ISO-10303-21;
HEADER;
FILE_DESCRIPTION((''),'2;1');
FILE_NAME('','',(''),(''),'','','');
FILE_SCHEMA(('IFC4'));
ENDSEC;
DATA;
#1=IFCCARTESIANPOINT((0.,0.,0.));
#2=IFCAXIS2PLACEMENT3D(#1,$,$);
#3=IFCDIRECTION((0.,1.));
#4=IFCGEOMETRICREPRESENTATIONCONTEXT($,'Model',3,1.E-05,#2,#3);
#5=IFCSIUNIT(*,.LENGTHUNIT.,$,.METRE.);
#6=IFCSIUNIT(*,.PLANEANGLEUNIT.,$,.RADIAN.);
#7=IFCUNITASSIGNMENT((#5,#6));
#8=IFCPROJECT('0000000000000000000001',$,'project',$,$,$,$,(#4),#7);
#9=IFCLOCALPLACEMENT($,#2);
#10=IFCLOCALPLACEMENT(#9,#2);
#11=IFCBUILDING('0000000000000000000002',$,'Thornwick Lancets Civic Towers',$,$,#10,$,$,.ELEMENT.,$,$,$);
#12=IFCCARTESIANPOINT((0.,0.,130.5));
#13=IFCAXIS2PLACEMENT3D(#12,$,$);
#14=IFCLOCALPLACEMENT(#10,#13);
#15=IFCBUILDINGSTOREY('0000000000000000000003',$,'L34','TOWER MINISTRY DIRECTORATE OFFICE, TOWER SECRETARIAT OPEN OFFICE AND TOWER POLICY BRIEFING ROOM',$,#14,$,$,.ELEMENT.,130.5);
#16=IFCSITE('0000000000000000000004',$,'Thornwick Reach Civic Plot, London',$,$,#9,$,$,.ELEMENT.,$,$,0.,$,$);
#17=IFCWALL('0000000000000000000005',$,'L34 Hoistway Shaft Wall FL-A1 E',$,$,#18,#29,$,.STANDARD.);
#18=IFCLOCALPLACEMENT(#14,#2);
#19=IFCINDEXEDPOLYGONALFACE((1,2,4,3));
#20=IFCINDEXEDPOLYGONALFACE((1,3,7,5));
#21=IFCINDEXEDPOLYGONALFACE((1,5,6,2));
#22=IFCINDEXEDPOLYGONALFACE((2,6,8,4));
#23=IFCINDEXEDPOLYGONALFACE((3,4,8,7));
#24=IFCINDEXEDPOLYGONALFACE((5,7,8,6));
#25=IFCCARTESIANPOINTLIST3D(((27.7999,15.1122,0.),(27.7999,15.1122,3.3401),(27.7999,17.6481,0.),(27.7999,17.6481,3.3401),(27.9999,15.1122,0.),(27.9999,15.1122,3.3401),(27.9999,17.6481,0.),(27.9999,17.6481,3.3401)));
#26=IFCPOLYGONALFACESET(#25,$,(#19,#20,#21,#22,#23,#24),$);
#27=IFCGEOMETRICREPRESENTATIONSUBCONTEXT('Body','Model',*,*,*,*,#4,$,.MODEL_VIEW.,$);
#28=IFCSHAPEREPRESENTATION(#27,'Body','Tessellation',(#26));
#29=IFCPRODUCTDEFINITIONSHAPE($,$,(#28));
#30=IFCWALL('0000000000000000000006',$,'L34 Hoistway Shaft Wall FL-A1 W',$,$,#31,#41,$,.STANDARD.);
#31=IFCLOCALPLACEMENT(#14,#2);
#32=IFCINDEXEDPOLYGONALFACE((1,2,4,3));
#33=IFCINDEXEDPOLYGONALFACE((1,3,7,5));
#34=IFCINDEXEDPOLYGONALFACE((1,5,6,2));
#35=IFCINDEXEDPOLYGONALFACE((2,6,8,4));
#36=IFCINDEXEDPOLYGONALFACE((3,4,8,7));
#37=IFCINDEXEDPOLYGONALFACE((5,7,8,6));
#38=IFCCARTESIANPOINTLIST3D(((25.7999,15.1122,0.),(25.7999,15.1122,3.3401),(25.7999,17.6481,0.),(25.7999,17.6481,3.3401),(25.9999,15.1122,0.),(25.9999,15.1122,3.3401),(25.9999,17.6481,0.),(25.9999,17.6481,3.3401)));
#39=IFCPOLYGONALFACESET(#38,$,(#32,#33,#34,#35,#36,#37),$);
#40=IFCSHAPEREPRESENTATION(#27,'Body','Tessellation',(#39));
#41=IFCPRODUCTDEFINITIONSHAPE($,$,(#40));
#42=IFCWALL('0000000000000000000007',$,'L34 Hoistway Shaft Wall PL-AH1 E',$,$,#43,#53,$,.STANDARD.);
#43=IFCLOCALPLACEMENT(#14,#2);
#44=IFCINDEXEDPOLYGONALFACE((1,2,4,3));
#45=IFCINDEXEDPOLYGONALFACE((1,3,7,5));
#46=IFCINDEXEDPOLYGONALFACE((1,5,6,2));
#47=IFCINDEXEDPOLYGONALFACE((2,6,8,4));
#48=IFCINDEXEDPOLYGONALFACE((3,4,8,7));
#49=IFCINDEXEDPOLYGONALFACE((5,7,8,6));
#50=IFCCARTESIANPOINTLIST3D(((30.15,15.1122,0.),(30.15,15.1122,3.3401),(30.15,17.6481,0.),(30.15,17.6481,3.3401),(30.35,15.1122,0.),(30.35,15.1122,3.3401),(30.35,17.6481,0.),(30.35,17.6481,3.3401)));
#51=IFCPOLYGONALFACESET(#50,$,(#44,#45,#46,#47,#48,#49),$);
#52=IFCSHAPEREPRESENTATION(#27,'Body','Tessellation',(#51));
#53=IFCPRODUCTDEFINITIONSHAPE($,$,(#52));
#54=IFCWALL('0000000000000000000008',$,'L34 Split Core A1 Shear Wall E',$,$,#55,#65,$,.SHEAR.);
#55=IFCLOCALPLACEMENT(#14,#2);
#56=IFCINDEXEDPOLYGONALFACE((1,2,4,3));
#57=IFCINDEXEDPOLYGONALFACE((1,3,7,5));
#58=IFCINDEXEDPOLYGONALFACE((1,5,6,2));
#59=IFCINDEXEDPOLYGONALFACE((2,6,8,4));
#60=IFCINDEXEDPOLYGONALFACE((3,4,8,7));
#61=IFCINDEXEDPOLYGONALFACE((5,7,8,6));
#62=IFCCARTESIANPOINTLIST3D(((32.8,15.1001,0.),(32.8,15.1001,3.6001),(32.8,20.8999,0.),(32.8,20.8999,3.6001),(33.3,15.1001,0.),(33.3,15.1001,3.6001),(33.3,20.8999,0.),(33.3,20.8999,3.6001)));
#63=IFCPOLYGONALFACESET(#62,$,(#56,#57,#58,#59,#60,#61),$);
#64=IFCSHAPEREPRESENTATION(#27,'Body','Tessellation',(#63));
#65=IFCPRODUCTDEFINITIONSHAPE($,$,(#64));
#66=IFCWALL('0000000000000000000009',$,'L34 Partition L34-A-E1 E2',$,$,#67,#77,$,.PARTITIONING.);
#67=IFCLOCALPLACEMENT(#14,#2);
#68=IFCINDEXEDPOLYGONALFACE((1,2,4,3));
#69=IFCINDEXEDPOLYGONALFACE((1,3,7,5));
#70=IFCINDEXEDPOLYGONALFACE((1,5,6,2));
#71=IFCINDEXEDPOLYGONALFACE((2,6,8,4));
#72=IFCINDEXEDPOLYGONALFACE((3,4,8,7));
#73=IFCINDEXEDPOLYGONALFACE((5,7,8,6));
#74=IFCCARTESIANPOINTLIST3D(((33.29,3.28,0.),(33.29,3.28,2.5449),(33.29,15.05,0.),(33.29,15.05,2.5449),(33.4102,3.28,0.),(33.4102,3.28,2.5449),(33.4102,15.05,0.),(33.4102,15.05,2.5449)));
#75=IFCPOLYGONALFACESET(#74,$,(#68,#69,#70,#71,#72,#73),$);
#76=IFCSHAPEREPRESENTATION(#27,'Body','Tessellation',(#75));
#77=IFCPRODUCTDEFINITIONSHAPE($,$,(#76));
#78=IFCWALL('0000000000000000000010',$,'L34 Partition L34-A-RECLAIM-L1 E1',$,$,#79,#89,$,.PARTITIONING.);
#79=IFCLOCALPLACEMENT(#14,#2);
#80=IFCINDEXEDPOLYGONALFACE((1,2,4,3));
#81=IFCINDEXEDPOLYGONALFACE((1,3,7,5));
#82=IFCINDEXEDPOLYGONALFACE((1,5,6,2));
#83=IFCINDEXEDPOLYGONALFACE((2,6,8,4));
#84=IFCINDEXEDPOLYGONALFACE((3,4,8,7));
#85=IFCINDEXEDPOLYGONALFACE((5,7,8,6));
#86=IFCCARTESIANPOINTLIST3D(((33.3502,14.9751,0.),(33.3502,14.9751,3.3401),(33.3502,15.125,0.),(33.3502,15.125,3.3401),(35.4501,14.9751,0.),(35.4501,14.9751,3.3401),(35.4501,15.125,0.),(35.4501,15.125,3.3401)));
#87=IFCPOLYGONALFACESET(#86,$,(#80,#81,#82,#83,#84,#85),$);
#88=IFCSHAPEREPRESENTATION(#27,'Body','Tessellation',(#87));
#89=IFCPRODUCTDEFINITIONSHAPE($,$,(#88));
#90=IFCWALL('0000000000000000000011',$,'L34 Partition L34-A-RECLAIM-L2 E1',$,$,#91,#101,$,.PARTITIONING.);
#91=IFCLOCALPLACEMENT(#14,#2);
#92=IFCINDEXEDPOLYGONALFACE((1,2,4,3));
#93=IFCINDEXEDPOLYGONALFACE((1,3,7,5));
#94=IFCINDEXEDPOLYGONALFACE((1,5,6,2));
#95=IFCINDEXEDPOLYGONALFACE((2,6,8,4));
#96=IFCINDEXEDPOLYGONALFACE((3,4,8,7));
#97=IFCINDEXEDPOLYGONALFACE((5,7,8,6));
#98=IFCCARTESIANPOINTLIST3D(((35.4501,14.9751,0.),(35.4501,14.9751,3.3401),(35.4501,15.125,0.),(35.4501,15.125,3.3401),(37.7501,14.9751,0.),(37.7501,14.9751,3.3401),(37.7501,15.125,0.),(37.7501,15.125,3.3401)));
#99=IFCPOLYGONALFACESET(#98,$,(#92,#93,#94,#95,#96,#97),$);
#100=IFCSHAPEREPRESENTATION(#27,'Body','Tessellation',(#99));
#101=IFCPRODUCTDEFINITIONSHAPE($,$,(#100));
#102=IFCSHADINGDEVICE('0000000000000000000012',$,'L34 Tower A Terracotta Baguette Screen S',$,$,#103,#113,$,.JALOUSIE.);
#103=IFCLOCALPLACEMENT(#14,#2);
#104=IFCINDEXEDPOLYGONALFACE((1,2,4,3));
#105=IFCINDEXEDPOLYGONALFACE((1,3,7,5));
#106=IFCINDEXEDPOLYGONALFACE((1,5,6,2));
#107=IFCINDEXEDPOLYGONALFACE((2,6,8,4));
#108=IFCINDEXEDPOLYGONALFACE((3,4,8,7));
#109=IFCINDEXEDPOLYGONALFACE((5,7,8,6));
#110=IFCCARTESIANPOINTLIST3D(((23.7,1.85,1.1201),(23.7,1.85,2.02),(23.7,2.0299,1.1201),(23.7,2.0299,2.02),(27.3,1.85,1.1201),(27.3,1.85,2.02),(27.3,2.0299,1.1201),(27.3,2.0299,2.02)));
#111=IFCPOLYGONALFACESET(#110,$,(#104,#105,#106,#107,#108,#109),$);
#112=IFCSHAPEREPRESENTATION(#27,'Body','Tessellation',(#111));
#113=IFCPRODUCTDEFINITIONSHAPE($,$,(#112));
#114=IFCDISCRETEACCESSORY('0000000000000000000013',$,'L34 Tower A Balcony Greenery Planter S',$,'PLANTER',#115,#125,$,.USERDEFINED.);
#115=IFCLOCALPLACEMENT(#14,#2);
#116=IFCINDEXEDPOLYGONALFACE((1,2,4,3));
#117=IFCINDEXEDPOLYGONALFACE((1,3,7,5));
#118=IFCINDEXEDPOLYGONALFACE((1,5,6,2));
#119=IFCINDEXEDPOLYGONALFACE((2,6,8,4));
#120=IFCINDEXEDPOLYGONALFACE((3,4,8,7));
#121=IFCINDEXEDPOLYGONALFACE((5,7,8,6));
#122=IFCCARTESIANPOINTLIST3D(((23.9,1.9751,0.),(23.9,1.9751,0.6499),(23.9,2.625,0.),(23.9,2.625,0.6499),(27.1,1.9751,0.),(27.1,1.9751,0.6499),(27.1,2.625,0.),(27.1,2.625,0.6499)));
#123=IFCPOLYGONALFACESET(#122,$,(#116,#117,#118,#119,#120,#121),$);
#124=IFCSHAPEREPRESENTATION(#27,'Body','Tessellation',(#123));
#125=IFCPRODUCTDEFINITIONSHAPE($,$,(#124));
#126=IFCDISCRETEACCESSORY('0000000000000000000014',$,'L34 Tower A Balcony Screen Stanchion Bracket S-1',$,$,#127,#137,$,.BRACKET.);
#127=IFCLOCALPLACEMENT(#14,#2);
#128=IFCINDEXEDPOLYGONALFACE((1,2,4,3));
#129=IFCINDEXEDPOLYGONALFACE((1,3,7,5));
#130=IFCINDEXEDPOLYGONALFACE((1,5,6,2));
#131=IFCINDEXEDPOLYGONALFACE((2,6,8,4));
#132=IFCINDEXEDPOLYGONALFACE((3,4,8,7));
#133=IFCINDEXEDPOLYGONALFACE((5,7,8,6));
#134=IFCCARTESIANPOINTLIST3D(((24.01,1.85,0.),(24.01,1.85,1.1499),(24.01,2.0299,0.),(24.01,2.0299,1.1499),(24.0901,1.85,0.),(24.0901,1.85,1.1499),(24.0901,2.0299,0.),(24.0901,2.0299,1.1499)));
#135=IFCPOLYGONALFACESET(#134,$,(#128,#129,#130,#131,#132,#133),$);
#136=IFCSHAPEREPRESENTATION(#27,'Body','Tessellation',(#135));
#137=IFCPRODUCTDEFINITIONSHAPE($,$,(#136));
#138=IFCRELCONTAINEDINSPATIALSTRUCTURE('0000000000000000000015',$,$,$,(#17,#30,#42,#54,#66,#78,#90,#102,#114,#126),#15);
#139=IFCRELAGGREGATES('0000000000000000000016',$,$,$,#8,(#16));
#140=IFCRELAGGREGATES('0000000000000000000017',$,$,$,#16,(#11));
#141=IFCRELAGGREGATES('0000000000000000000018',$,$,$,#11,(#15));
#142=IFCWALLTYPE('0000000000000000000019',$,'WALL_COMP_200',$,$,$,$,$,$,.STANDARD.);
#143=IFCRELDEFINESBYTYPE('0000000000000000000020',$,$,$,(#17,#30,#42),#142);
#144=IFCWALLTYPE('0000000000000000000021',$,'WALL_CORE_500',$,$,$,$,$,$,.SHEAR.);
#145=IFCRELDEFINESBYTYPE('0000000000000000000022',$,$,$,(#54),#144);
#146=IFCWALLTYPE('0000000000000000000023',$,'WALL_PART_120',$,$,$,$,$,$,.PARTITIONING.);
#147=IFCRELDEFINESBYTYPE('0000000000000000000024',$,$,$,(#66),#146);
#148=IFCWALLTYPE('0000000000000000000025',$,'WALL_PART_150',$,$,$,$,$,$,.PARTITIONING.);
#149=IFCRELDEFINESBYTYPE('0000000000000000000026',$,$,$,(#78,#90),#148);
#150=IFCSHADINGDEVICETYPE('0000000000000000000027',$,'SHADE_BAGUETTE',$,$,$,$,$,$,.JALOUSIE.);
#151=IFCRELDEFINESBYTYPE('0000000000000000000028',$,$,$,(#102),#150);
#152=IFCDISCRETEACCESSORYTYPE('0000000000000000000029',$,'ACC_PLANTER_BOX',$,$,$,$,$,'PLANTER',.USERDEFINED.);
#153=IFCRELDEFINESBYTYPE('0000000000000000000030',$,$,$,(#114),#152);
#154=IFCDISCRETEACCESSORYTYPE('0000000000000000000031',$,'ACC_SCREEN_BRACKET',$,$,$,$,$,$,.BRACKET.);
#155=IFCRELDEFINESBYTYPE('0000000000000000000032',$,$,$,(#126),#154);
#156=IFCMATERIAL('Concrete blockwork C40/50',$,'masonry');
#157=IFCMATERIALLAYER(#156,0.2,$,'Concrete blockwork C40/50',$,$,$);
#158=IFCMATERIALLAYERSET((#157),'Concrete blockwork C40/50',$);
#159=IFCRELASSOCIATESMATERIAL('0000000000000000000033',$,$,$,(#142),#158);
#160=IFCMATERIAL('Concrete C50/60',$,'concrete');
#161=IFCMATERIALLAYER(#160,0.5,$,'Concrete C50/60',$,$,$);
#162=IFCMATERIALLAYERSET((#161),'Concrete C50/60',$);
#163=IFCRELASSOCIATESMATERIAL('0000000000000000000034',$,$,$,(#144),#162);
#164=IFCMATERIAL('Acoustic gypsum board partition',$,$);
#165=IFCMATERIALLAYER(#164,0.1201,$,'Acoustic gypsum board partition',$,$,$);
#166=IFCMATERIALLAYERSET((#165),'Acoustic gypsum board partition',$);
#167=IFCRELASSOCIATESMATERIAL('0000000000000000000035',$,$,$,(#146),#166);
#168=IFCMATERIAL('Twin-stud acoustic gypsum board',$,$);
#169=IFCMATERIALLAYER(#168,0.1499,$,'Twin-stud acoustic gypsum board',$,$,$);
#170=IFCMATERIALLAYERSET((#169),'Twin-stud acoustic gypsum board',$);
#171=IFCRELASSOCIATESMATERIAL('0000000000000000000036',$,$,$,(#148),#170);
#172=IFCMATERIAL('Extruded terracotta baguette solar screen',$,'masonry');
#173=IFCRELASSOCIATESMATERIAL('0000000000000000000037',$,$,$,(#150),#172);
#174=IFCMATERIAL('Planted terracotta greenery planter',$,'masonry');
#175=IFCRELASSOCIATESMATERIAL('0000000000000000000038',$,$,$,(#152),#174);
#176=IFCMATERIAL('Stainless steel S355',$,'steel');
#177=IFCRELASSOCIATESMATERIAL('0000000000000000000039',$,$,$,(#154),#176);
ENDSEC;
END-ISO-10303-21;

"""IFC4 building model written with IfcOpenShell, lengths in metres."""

from ifc_helpers import new_model, si_unit, direction, frame, frame_2d, origin, origin_2d, place, context, subcontext, project, spatial, rectangle, extrude, material, layer, layer_set, type_object, element, save


model = new_model("IFC4")

# Units and contexts
model_context = context("Model", 3, precision=1e-05, world=origin(), true_north=direction((0.0, 1.0)))
body_context = subcontext(model_context, "Body", "Model", "MODEL_VIEW")
ifc_project = project(units=[si_unit("LENGTHUNIT", "METRE"), si_unit("PLANEANGLEUNIT", "RADIAN")], contexts=[model_context])

# Site, building, storey
site_placement = place(None, origin())
site = spatial("IfcSite", under=ifc_project, at=site_placement, Name="Thornwick Reach Civic Plot, London", CompositionType="ELEMENT", RefElevation=0.0)
building_placement = place(site_placement, origin())
building = spatial("IfcBuilding", under=site, at=building_placement, Name="Thornwick Lancets Civic Towers", CompositionType="ELEMENT")
storey_placement = place(building_placement, frame((0.0, 0.0, 130.5)))
storey = spatial("IfcBuildingStorey", under=building, at=storey_placement, Name="L34", Description="TOWER MINISTRY DIRECTORATE OFFICE, TOWER SECRETARIAT OPEN OFFICE AND TOWER POLICY BRIEFING ROOM", CompositionType="ELEMENT", Elevation=130.5)

# Walls
ifc_material_1 = material(Name="Concrete blockwork C40/50", Category="masonry")
ifc_layer_1 = layer(ifc_material_1, 0.2, Name="Concrete blockwork C40/50")
ifc_layer_set_1 = layer_set([ifc_layer_1], Name="Concrete blockwork C40/50")
wall_type_1 = type_object("IfcWallType", Name="WALL_COMP_200", PredefinedType="STANDARD", material=ifc_layer_set_1)
for number, where, z_axis, x_axis, name in (
    (1, (27.8999, 15.1121, 0.0), (0.0, 0.0, 1.0), (0.0, 1.0, 0.0), "L34 Hoistway Shaft Wall FL-A1 E"),
    (2, (25.8999, 15.1121, 0.0), (0.0, 0.0, 1.0), (0.0, 1.0, 0.0), "L34 Hoistway Shaft Wall FL-A1 W"),
    (3, (30.25, 15.1121, 0.0), (0.0, 0.0, 1.0), (0.0, 1.0, 0.0), "L34 Hoistway Shaft Wall PL-AH1 E"),
):
    element("IfcWall", number, at=place(storey_placement, frame(where, z_axis=z_axis, x_axis=x_axis)), inside=storey, type_object=wall_type_1, Name=name, PredefinedType="STANDARD", context=body_context, shape_type="SweptSolid", body=[
        extrude(rectangle(XDim=2.5359, YDim=0.2, at=frame_2d((1.2681, 0.0))), origin(), (0.0, 0.0, 1.0), 3.3401),
    ])
ifc_material_2 = material(Name="Concrete C50/60", Category="concrete")
ifc_layer_2 = layer(ifc_material_2, 0.5, Name="Concrete C50/60")
ifc_layer_set_2 = layer_set([ifc_layer_2], Name="Concrete C50/60")
wall_type_2 = type_object("IfcWallType", Name="WALL_CORE_500", PredefinedType="SHEAR", material=ifc_layer_set_2)
wall_1_placement = place(storey_placement, frame((33.05, 15.1001, 0.0), z_axis=(0.0, 0.0, 1.0), x_axis=(0.0, 1.0, 0.0)))
element("IfcWall", 4, at=wall_1_placement, inside=storey, type_object=wall_type_2, Name="L34 Split Core A1 Shear Wall E", PredefinedType="SHEAR", context=body_context, shape_type="SweptSolid", body=[
    extrude(rectangle(XDim=5.7998, YDim=0.5, at=frame_2d((2.8999, 0.0))), origin(), (0.0, 0.0, 1.0), 3.6001),
])
ifc_material_3 = material(Name="Acoustic gypsum board partition")
ifc_layer_3 = layer(ifc_material_3, 0.1201, Name="Acoustic gypsum board partition")
ifc_layer_set_3 = layer_set([ifc_layer_3], Name="Acoustic gypsum board partition")
wall_type_3 = type_object("IfcWallType", Name="WALL_PART_120", PredefinedType="PARTITIONING", material=ifc_layer_set_3)
wall_2_placement = place(storey_placement, frame((33.3501, 3.28, 0.0), z_axis=(0.0, 0.0, 1.0), x_axis=(0.0, 1.0, 0.0)))
element("IfcWall", 5, at=wall_2_placement, inside=storey, type_object=wall_type_3, Name="L34 Partition L34-A-E1 E2", PredefinedType="PARTITIONING", context=body_context, shape_type="SweptSolid", body=[
    extrude(rectangle(XDim=11.77, YDim=0.1201, at=frame_2d((5.885, 0.0))), origin(), (0.0, 0.0, 1.0), 2.5449),
])
ifc_material_4 = material(Name="Twin-stud acoustic gypsum board")
ifc_layer_4 = layer(ifc_material_4, 0.1499, Name="Twin-stud acoustic gypsum board")
ifc_layer_set_4 = layer_set([ifc_layer_4], Name="Twin-stud acoustic gypsum board")
wall_type_4 = type_object("IfcWallType", Name="WALL_PART_150", PredefinedType="PARTITIONING", material=ifc_layer_set_4)
wall_3_placement = place(storey_placement, frame((35.45, 15.05, 0.0), z_axis=(0.0, 0.0, 1.0), x_axis=(-1.0, 0.0, 0.0)))
element("IfcWall", 6, at=wall_3_placement, inside=storey, type_object=wall_type_4, Name="L34 Partition L34-A-RECLAIM-L1 E1", PredefinedType="PARTITIONING", context=body_context, shape_type="SweptSolid", body=[
    extrude(rectangle(XDim=2.0999, YDim=0.1499, at=frame_2d((1.0498, 0.0))), origin(), (0.0, 0.0, 1.0), 3.3401),
])
wall_4_placement = place(storey_placement, frame((37.75, 15.05, 0.0), z_axis=(0.0, 0.0, 1.0), x_axis=(-1.0, 0.0, 0.0)))
element("IfcWall", 7, at=wall_4_placement, inside=storey, type_object=wall_type_4, Name="L34 Partition L34-A-RECLAIM-L2 E1", PredefinedType="PARTITIONING", context=body_context, shape_type="SweptSolid", body=[
    extrude(rectangle(XDim=2.3, YDim=0.1499, at=frame_2d((1.1499, 0.0))), origin(), (0.0, 0.0, 1.0), 3.3401),
])

# Shading device
ifc_material_5 = material(Name="Extruded terracotta baguette solar screen", Category="masonry")
shading_device_type = type_object("IfcShadingDeviceType", Name="SHADE_BAGUETTE", PredefinedType="JALOUSIE", material=ifc_material_5)
shading_device_placement = place(storey_placement, frame((25.5, 1.9399, 1.1201), z_axis=(0.0, 0.0, 1.0), x_axis=(1.0, 0.0, 0.0)))
element("IfcShadingDevice", 8, at=shading_device_placement, inside=storey, type_object=shading_device_type, Name="L34 Tower A Terracotta Baguette Screen S", PredefinedType="JALOUSIE", context=body_context, shape_type="SweptSolid", body=[
    extrude(rectangle(XDim=3.6001, YDim=0.1799, at=origin_2d()), origin(), (0.0, 0.0, 1.0), 0.8999),
])

# Discrete accessories
ifc_material_6 = material(Name="Planted terracotta greenery planter", Category="masonry")
discrete_accessory_type_1 = type_object("IfcDiscreteAccessoryType", Name="ACC_PLANTER_BOX", ElementType="PLANTER", PredefinedType="USERDEFINED", material=ifc_material_6)
discrete_accessory_1_placement = place(storey_placement, frame((25.5, 2.3, 0.0), z_axis=(0.0, 0.0, 1.0), x_axis=(1.0, 0.0, 0.0)))
element("IfcDiscreteAccessory", 9, at=discrete_accessory_1_placement, inside=storey, type_object=discrete_accessory_type_1, Name="L34 Tower A Balcony Greenery Planter S", ObjectType="PLANTER", PredefinedType="USERDEFINED", context=body_context, shape_type="SweptSolid", body=[
    extrude(rectangle(XDim=3.2, YDim=0.6499, at=origin_2d()), origin(), (0.0, 0.0, 1.0), 0.6499),
])
ifc_material_7 = material(Name="Stainless steel S355", Category="steel")
discrete_accessory_type_2 = type_object("IfcDiscreteAccessoryType", Name="ACC_SCREEN_BRACKET", PredefinedType="BRACKET", material=ifc_material_7)
discrete_accessory_2_placement = place(storey_placement, frame((24.05, 1.9399, 0.0), z_axis=(0.0, 0.0, 1.0), x_axis=(1.0, 0.0, 0.0)))
element("IfcDiscreteAccessory", 10, at=discrete_accessory_2_placement, inside=storey, type_object=discrete_accessory_type_2, Name="L34 Tower A Balcony Screen Stanchion Bracket S-1", PredefinedType="BRACKET", context=body_context, shape_type="SweptSolid", body=[
    extrude(rectangle(XDim=0.0801, YDim=0.1799, at=origin_2d()), origin(), (0.0, 0.0, 1.0), 1.1499),
])

save(model, "model.ifc")
